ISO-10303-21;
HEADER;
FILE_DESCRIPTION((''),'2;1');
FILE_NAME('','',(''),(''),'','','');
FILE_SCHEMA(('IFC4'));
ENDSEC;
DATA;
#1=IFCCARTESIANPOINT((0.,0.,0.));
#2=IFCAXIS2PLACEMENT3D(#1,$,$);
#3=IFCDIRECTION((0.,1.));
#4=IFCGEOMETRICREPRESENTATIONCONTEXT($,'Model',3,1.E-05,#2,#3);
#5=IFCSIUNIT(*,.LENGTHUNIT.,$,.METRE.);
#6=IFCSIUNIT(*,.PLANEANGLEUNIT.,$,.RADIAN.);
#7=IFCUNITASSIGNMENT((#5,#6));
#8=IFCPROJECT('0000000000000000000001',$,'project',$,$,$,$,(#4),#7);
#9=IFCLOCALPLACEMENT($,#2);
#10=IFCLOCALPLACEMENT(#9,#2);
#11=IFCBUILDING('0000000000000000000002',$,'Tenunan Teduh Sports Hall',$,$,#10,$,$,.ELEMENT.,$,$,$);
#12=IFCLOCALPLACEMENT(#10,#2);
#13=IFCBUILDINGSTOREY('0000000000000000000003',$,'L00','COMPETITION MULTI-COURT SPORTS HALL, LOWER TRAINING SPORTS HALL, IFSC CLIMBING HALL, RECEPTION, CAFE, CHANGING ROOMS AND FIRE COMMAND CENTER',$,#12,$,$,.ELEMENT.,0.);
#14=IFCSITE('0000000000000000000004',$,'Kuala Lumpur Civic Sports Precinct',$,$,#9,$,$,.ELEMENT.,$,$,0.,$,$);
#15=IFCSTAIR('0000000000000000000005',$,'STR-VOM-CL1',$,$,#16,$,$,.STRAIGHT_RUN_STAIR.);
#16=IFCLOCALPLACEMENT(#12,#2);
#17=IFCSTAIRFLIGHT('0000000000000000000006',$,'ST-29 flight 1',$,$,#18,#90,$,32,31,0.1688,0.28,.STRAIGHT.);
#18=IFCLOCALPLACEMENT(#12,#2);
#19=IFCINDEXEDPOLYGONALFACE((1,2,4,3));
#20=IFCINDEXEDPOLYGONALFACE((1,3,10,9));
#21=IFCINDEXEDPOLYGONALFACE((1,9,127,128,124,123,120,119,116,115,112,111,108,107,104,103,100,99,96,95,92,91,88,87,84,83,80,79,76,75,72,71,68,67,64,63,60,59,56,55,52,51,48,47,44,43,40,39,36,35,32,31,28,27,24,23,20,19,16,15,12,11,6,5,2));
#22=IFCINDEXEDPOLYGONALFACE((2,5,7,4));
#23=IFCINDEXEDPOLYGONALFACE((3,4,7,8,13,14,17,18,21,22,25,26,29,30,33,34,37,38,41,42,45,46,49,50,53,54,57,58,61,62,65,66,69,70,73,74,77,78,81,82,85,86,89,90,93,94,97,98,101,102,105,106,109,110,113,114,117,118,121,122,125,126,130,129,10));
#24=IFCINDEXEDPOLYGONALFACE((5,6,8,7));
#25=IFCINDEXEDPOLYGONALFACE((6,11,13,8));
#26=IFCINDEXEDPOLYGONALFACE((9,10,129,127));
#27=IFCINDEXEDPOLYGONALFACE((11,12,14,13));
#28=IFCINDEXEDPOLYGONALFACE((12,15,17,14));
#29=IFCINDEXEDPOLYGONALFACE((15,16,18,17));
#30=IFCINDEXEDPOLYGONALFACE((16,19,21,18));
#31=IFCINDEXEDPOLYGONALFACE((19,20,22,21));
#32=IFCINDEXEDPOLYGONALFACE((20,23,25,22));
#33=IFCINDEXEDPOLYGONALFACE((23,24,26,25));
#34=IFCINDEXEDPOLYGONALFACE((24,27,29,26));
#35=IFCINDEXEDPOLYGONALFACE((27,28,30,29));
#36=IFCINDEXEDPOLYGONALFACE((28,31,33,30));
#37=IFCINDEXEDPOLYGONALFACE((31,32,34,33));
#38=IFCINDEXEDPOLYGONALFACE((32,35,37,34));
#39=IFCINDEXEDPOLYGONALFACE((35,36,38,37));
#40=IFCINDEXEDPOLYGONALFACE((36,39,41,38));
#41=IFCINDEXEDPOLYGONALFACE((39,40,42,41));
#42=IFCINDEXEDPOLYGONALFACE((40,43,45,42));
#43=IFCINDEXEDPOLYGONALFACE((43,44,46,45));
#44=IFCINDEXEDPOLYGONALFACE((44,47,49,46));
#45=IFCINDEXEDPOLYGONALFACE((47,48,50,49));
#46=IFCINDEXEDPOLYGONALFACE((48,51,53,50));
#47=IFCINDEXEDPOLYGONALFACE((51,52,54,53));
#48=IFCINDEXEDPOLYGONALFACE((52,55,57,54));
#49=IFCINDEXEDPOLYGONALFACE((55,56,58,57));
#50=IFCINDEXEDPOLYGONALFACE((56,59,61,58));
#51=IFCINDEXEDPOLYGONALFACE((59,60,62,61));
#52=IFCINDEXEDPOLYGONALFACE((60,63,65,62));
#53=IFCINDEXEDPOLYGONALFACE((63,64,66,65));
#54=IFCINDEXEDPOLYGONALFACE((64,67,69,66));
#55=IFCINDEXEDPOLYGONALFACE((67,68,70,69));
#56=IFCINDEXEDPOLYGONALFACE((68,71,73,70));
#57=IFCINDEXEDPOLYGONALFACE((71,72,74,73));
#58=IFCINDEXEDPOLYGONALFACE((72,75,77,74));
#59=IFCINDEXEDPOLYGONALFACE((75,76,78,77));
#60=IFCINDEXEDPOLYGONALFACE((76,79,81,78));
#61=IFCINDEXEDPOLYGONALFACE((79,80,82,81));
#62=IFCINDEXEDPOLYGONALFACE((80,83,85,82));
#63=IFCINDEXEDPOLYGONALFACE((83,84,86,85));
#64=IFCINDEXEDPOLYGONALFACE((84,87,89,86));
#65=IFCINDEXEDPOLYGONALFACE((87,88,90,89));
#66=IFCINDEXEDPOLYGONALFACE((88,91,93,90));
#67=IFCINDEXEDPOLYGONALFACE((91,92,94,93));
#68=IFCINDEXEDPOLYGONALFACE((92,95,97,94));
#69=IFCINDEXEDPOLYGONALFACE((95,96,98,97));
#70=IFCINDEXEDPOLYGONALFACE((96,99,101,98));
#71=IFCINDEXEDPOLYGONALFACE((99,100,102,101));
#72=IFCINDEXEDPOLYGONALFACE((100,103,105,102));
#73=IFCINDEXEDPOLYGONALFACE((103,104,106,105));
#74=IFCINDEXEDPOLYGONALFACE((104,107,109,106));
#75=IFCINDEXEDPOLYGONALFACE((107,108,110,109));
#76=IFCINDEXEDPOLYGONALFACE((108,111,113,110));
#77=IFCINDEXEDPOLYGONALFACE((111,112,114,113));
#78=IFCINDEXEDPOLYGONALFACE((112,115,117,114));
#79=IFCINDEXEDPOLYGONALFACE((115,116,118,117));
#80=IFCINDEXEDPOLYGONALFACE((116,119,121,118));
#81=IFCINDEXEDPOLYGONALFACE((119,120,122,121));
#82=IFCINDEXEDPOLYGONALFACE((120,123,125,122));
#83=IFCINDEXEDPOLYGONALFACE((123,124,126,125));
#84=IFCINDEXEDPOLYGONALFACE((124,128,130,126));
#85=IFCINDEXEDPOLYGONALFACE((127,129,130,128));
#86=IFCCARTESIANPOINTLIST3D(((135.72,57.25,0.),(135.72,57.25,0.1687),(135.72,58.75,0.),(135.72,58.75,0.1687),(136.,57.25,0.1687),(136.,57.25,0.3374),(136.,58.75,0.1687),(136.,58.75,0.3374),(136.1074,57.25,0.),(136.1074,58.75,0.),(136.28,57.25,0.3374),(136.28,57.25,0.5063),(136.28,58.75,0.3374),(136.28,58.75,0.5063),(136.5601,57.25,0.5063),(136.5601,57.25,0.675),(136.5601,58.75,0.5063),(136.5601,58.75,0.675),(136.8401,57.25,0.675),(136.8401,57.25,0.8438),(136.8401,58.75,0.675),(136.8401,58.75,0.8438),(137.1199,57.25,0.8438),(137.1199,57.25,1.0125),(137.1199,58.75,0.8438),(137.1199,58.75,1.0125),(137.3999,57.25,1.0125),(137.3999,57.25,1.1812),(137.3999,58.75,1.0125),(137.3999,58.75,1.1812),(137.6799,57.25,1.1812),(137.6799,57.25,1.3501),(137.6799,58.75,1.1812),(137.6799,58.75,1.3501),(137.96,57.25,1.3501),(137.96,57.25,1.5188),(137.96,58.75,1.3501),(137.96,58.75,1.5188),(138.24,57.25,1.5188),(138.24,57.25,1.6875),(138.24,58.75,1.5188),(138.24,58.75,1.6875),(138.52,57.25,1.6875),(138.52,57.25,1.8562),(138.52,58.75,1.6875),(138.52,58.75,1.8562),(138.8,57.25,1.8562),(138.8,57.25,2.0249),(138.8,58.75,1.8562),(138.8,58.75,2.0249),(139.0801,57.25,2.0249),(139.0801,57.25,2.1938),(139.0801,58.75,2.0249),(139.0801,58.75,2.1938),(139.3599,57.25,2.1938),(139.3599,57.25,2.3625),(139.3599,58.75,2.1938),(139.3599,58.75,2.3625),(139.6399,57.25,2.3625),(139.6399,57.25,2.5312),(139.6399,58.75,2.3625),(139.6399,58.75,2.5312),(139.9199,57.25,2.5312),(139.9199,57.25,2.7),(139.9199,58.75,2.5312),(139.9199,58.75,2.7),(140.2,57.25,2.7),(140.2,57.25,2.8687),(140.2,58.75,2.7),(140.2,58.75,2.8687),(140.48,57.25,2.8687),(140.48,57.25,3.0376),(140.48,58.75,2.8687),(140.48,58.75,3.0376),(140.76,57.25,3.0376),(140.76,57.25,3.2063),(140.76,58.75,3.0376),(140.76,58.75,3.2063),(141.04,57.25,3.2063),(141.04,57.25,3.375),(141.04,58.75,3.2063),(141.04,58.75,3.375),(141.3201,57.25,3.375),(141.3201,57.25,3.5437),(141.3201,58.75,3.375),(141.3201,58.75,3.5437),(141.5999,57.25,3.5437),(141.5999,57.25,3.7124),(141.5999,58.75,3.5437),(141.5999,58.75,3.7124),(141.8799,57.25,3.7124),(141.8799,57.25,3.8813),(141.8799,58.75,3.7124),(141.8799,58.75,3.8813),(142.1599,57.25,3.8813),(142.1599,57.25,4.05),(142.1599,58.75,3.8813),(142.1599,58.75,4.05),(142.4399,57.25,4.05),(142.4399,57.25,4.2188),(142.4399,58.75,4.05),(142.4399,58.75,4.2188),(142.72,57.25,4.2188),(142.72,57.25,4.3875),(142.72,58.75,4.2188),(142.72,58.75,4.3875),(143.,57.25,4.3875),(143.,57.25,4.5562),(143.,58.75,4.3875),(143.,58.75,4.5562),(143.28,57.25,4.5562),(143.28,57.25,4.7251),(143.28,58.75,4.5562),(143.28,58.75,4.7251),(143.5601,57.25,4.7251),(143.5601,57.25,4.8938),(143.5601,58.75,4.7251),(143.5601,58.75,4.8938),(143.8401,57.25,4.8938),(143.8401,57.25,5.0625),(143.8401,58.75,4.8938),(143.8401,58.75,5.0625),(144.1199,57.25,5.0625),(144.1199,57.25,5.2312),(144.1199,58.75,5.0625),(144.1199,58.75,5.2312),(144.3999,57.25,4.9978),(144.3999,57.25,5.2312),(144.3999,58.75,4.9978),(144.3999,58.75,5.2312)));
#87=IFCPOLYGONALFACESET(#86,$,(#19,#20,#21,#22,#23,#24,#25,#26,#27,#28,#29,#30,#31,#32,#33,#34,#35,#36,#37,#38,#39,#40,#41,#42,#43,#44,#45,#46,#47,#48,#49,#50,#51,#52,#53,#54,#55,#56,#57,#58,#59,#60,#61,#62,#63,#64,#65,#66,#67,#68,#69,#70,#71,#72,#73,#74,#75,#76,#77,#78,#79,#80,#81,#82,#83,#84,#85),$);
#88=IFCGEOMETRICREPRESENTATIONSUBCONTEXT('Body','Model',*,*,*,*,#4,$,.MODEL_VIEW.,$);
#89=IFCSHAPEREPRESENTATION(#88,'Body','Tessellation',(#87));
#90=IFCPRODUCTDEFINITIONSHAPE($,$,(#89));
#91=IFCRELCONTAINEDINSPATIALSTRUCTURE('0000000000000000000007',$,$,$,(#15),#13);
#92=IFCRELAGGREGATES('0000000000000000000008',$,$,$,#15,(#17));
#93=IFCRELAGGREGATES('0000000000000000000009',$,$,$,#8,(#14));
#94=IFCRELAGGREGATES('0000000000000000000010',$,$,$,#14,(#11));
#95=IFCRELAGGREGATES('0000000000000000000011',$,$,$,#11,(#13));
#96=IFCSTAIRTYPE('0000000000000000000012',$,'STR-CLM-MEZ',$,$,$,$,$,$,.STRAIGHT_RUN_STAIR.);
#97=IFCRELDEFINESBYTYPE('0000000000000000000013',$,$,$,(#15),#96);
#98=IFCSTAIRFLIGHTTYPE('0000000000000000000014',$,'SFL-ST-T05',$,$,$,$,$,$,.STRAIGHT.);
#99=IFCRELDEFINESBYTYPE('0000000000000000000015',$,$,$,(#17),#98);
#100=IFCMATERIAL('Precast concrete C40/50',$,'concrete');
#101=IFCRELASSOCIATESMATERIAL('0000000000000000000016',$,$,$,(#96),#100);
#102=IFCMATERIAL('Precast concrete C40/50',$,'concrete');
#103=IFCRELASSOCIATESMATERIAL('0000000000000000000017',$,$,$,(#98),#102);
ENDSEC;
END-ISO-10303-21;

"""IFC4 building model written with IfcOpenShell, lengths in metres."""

from ifc_helpers import new_model, si_unit, direction, frame, origin, place, context, subcontext, project, spatial, polyline, outline, extrude, material, type_object, element, aggregate, save


model = new_model("IFC4")

# Units and contexts
model_context = context("Model", 3, precision=1e-05, world=origin(), true_north=direction((0.0, 1.0)))
body_context = subcontext(model_context, "Body", "Model", "MODEL_VIEW")
ifc_project = project(units=[si_unit("LENGTHUNIT", "METRE"), si_unit("PLANEANGLEUNIT", "RADIAN")], contexts=[model_context])

# Site, building, storey
site_placement = place(None, origin())
site = spatial("IfcSite", under=ifc_project, at=site_placement, Name="Kuala Lumpur Civic Sports Precinct", CompositionType="ELEMENT", RefElevation=0.0)
building_placement = place(site_placement, origin())
building = spatial("IfcBuilding", under=site, at=building_placement, Name="Tenunan Teduh Sports Hall", CompositionType="ELEMENT")
storey_placement = place(building_placement, origin())
storey = spatial("IfcBuildingStorey", under=building, at=storey_placement, Name="L00", Description="COMPETITION MULTI-COURT SPORTS HALL, LOWER TRAINING SPORTS HALL, IFSC CLIMBING HALL, RECEPTION, CAFE, CHANGING ROOMS AND FIRE COMMAND CENTER", CompositionType="ELEMENT", Elevation=0.0)

# Stair, stair flight
ifc_material_1 = material(Name="Precast concrete C40/50", Category="concrete")
stair_type = type_object("IfcStairType", Name="STR-CLM-MEZ", PredefinedType="STRAIGHT_RUN_STAIR", material=ifc_material_1)
stair_placement = place(storey_placement, origin())
stair = element("IfcStair", 1, at=stair_placement, inside=storey, type_object=stair_type, Name="STR-VOM-CL1", PredefinedType="STRAIGHT_RUN_STAIR")
ifc_material_2 = material(Name="Precast concrete C40/50", Category="concrete")
stair_flight_type = type_object("IfcStairFlightType", Name="SFL-ST-T05", PredefinedType="STRAIGHT", material=ifc_material_2)
stair_flight_placement = place(storey_placement, frame((135.72, 58.0, 0.0), z_axis=(0.0, 0.0, 1.0), x_axis=(1.0, 0.0, 0.0)))
stair_flight = element("IfcStairFlight", 2, at=stair_flight_placement, type_object=stair_flight_type, Name="ST-29 flight 1", NumberOfRisers=32, NumberOfTreads=31, PredefinedType="STRAIGHT", RiserHeight=0.1688, TreadLength=0.28, context=body_context, shape_type="SweptSolid", body=[
    extrude(outline(polyline([(0.0, 0.0), (0.0, 0.1687), (0.28, 0.1687), (0.28, 0.3374), (0.5601, 0.3374), (0.5601, 0.5063), (0.8401, 0.5063), (0.8401, 0.675), (1.1201, 0.675), (1.1201, 0.8438), (1.3999, 0.8438), (1.3999, 1.0125), (1.6799, 1.0125), (1.6799, 1.1812), (1.96, 1.1812), (1.96, 1.3501), (2.24, 1.3501), (2.24, 1.5188), (2.52, 1.5188), (2.52, 1.6875), (2.8, 1.6875), (2.8, 1.8562), (3.0801, 1.8562), (3.0801, 2.0249), (3.3601, 2.0249), (3.3601, 2.1938), (3.6399, 2.1938), (3.6399, 2.3625), (3.9199, 2.3625), (3.9199, 2.5312), (4.2, 2.5312), (4.2, 2.7), (4.48, 2.7), (4.48, 2.8687), (4.76, 2.8687), (4.76, 3.0376), (5.04, 3.0376), (5.04, 3.2063), (5.3201, 3.2063), (5.3201, 3.375), (5.6001, 3.375), (5.6001, 3.5437), (5.8799, 3.5437), (5.8799, 3.7124), (6.1599, 3.7124), (6.1599, 3.8813), (6.4399, 3.8813), (6.4399, 4.05), (6.72, 4.05), (6.72, 4.2188), (7.0, 4.2188), (7.0, 4.3875), (7.28, 4.3875), (7.28, 4.5562), (7.5601, 4.5562), (7.5601, 4.7251), (7.8401, 4.7251), (7.8401, 4.8938), (8.1201, 4.8938), (8.1201, 5.0625), (8.3999, 5.0625), (8.3999, 5.2312), (8.6799, 5.2312), (8.6799, 5.3999), (8.6799, 4.9978), (0.3875, 0.0), (0.0, 0.0)])), frame((0.0, 0.75, 0.0), z_axis=(0.0, -1.0, 0.0), x_axis=(1.0, 0.0, 0.0)), (0.0, 0.0, 1.0), 1.5),
])
aggregate(stair, [stair_flight])

save(model, "model.ifc")
